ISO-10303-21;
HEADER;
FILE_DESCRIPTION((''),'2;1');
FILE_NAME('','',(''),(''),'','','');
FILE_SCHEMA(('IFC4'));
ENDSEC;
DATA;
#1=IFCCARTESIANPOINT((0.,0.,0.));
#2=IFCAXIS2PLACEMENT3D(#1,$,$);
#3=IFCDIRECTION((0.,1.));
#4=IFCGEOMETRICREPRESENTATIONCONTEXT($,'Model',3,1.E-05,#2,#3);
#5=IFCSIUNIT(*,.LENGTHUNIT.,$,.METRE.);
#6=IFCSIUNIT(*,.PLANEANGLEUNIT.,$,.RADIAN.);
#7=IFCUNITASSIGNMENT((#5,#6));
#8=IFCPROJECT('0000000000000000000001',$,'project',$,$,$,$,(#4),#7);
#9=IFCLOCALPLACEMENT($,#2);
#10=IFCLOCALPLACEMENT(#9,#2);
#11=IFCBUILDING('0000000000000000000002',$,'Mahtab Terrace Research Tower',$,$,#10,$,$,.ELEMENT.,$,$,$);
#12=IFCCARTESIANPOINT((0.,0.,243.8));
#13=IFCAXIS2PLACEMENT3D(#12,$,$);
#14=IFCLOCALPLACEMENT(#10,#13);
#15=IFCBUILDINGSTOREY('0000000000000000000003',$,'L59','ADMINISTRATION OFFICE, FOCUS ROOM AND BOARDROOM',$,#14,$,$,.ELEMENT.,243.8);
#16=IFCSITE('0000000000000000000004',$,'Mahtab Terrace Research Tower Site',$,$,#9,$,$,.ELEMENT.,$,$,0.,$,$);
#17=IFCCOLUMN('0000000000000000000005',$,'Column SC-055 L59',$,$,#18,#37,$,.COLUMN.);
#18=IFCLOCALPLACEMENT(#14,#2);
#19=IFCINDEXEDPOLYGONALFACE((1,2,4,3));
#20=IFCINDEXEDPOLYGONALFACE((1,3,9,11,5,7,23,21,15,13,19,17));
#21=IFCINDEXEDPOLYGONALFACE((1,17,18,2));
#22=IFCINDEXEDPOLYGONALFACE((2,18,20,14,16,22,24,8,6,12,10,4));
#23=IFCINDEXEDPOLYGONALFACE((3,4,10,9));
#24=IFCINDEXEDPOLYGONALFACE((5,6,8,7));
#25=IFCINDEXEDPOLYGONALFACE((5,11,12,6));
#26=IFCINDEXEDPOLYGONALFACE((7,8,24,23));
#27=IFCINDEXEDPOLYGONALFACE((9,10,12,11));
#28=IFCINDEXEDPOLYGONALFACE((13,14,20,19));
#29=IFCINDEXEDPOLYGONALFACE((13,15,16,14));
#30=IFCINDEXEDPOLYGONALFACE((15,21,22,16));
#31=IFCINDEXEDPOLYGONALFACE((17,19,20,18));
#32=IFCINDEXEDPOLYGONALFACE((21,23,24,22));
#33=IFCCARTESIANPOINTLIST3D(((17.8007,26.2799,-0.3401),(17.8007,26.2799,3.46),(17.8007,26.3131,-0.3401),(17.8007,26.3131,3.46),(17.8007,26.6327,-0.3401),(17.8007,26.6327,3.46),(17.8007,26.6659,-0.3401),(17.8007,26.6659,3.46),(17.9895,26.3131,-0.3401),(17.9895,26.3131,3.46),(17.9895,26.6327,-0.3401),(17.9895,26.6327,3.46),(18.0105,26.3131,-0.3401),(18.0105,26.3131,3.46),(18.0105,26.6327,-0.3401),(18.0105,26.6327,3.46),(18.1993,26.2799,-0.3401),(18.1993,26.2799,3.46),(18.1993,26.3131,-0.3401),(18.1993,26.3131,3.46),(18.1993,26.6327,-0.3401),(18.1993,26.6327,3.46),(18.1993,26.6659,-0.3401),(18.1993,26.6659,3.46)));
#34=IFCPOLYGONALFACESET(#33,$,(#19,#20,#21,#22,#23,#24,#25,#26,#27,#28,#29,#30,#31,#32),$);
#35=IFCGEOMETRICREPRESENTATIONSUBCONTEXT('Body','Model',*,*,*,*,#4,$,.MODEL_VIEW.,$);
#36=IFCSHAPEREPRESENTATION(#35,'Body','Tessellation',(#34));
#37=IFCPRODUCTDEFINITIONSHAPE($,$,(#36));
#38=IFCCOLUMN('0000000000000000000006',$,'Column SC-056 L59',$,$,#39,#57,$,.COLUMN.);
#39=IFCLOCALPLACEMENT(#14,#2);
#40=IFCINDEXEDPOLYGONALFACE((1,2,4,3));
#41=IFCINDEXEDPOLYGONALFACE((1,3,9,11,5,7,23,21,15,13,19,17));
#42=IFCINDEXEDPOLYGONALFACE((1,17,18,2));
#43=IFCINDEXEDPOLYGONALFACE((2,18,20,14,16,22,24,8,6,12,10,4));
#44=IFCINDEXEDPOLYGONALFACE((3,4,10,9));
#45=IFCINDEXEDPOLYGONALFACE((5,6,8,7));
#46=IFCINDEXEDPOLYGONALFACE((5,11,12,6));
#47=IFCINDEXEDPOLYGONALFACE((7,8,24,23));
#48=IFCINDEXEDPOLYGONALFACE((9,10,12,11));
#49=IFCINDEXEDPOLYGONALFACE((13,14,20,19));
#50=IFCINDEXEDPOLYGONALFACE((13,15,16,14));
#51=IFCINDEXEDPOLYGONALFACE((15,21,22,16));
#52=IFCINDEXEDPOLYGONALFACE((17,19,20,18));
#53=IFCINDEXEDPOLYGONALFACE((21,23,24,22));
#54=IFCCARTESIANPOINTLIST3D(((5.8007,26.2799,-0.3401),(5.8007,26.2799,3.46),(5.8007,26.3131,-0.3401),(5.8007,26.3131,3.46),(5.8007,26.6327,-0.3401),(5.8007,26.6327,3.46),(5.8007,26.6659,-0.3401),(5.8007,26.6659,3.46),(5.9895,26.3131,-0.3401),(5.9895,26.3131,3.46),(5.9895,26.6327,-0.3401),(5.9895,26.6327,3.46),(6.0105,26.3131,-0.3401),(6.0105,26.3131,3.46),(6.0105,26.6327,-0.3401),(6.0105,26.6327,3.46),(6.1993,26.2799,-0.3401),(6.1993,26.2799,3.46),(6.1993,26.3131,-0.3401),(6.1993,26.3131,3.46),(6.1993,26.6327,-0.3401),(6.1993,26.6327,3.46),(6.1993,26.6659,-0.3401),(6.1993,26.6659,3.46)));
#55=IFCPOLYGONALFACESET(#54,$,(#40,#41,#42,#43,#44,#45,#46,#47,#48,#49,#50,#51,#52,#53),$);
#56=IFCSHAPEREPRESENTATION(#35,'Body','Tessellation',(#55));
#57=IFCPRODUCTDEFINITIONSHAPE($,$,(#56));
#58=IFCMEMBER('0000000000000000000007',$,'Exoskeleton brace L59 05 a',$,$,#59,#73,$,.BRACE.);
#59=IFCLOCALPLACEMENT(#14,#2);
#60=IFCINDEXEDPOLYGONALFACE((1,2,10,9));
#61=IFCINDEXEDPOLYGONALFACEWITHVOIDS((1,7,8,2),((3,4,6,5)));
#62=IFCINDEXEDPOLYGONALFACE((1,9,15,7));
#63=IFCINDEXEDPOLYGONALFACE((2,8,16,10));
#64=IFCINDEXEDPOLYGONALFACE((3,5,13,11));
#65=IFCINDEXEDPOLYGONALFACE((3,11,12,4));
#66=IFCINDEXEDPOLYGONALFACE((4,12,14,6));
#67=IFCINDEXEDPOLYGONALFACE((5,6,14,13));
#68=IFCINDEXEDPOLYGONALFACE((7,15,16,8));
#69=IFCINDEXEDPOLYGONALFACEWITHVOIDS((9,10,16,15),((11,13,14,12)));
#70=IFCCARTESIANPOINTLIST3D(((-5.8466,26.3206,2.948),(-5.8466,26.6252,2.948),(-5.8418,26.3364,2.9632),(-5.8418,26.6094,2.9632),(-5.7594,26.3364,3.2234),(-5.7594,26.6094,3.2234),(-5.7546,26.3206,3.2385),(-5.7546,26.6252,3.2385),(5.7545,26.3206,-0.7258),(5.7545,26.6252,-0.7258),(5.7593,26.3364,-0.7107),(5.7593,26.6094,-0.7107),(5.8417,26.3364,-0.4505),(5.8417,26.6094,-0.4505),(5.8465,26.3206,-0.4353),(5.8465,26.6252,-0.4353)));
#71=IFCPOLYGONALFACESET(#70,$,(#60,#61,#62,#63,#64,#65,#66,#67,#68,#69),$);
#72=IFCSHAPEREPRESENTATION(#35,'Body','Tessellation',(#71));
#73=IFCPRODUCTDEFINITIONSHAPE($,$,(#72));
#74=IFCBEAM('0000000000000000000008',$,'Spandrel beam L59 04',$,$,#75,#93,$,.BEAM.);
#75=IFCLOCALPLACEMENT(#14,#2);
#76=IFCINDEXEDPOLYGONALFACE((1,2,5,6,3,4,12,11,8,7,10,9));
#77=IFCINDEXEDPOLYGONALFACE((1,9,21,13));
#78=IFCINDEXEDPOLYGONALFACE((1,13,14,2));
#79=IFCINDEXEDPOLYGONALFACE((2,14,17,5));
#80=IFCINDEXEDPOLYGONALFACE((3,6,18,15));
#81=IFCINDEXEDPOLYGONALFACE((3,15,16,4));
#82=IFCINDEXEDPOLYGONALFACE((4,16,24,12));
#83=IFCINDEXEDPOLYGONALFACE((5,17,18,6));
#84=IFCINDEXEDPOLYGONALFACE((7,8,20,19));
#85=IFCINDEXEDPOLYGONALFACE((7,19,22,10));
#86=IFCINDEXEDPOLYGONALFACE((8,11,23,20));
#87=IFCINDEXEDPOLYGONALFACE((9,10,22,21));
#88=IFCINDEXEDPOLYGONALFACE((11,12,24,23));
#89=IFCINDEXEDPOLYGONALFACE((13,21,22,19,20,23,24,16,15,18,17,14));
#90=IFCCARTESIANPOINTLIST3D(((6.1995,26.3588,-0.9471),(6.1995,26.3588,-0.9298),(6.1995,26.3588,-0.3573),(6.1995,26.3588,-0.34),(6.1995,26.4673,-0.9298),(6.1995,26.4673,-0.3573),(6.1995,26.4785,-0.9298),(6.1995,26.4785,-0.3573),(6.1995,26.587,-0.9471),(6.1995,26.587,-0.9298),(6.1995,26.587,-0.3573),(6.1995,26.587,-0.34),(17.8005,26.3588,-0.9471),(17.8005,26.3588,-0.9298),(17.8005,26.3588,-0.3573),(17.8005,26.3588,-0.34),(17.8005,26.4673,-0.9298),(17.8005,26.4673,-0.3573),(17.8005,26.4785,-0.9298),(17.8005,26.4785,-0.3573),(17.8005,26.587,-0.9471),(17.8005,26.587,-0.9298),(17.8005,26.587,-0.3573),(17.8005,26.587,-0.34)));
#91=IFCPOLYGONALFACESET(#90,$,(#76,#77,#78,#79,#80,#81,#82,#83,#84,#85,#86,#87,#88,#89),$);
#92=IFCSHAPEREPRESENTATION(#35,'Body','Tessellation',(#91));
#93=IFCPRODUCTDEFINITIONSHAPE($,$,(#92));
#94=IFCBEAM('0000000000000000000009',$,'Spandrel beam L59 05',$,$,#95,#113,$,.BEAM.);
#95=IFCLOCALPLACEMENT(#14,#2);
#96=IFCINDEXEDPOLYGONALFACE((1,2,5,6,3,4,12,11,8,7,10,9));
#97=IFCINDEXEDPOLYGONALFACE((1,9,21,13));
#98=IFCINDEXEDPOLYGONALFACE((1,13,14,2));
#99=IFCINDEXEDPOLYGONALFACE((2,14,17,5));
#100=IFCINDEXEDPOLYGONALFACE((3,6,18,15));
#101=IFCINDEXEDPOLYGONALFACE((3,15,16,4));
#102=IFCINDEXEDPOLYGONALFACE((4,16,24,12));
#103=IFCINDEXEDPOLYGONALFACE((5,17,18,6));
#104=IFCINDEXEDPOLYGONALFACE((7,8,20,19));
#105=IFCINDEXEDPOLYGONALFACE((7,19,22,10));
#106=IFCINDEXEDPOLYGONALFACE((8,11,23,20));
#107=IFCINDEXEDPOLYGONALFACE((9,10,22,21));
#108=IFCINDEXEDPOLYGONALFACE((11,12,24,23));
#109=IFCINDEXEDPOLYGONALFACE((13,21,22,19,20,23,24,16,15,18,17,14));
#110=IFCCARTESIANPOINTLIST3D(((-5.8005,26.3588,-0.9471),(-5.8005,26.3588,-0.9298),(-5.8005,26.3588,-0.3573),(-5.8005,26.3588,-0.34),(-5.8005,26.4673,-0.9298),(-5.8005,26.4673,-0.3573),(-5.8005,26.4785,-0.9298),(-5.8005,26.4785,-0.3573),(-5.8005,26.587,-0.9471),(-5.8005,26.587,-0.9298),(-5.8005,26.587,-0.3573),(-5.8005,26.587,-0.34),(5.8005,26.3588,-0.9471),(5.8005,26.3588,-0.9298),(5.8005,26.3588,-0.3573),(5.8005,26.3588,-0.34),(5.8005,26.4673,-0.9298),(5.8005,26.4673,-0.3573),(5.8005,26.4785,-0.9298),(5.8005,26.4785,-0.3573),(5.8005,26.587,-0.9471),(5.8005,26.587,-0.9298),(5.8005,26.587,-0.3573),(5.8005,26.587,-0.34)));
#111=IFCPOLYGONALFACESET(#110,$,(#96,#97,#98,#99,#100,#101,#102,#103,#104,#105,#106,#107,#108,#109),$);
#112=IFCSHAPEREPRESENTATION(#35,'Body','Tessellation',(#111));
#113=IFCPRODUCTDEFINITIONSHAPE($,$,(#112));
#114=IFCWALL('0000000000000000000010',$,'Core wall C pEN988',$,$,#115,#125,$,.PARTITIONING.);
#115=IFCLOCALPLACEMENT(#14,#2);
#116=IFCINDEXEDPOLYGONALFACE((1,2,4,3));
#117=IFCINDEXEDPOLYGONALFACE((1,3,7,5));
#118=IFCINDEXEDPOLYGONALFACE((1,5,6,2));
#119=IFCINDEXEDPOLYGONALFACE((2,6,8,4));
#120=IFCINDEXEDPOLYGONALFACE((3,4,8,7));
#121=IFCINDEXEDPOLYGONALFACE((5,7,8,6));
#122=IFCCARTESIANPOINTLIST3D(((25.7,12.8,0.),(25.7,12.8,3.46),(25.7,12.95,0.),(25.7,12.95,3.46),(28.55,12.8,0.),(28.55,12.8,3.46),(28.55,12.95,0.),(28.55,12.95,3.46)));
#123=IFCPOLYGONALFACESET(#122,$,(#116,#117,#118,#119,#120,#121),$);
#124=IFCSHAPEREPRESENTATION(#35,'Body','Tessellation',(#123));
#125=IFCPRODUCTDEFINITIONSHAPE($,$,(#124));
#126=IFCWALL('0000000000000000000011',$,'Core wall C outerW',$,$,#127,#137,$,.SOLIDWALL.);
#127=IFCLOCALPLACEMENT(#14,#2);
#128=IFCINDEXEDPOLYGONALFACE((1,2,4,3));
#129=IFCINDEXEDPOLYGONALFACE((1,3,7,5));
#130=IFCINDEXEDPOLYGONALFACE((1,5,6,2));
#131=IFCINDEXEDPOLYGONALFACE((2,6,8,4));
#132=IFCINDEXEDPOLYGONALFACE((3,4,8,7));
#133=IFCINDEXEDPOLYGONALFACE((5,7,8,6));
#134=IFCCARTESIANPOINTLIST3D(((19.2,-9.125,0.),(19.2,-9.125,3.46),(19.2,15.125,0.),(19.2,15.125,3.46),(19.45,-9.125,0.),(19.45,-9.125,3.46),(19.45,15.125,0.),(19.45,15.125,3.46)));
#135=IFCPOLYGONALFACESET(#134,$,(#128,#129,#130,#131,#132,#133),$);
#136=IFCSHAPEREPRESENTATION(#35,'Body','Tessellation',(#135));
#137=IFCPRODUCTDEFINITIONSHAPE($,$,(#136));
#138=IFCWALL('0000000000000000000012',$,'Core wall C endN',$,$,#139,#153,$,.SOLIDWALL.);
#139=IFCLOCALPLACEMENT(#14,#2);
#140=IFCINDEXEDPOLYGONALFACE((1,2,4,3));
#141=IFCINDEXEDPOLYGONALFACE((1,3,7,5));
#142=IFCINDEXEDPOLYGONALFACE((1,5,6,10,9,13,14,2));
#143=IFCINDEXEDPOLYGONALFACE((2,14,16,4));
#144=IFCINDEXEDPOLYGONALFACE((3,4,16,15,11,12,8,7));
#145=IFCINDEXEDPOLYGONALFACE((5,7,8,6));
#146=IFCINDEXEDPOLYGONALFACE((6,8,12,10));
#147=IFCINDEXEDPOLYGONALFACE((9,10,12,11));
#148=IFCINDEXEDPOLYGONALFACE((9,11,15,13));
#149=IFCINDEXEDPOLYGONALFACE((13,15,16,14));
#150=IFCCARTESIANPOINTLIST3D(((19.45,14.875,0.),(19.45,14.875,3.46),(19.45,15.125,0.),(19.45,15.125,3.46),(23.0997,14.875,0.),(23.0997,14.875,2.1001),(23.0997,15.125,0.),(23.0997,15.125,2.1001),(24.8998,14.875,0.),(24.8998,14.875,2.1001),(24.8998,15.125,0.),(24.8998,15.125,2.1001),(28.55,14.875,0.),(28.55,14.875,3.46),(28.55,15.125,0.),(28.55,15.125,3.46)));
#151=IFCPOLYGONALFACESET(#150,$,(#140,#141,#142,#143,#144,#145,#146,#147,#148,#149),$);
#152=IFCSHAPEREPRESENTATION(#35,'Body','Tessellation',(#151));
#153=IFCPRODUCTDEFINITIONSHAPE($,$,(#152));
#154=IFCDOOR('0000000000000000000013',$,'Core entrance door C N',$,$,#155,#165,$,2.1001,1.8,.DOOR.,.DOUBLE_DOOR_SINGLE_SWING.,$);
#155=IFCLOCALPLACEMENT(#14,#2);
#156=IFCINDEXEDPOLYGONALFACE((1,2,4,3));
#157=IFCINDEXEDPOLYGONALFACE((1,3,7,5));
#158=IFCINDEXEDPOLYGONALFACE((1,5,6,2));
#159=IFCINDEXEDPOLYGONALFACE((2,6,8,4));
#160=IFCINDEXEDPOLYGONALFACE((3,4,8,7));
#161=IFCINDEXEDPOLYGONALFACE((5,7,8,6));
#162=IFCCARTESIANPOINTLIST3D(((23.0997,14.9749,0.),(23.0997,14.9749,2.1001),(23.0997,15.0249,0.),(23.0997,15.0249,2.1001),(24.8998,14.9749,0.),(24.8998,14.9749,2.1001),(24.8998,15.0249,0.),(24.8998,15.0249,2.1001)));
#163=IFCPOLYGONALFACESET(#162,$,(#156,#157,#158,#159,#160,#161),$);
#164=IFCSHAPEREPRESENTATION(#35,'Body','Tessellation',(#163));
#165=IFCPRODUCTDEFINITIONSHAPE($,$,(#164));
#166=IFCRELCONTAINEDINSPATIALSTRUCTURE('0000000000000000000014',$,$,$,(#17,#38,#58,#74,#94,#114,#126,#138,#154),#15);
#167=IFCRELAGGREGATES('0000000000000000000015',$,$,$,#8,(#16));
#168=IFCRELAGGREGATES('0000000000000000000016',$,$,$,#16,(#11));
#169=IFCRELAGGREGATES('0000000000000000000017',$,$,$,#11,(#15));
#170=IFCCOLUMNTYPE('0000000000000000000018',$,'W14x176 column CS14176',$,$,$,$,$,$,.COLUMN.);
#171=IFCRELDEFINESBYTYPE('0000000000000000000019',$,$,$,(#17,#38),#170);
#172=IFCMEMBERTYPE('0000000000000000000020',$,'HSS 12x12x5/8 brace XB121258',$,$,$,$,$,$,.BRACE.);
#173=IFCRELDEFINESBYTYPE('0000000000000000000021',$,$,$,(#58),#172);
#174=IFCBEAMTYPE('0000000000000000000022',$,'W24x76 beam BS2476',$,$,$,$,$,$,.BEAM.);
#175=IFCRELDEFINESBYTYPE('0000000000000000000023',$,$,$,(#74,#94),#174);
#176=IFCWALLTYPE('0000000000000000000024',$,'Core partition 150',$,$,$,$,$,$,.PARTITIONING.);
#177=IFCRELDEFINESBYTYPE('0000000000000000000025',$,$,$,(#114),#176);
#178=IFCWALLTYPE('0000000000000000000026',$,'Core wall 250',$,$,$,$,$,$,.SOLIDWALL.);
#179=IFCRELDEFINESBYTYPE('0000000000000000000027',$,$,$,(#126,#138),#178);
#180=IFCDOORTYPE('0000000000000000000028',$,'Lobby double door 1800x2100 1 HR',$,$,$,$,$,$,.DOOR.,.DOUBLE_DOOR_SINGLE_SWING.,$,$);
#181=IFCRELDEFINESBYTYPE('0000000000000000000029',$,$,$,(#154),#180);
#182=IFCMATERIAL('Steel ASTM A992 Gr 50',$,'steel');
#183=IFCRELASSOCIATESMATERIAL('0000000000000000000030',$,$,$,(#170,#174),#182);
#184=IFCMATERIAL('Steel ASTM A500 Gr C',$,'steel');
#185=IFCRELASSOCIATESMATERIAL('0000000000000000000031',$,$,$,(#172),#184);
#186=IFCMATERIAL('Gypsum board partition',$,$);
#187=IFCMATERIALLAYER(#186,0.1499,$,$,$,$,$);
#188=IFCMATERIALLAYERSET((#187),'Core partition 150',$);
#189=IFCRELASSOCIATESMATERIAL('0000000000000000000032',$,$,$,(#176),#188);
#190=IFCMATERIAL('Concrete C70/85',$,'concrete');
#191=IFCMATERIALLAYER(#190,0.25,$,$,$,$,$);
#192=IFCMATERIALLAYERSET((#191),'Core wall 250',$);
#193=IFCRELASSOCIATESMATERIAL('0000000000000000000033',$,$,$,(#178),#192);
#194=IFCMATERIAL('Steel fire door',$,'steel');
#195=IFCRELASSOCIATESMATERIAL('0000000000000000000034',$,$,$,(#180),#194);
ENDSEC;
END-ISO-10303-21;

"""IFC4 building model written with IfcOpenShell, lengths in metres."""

from ifc_helpers import new_model, si_unit, direction, frame, frame_2d, origin, origin_2d, place, context, subcontext, project, spatial, rectangle, hollow_rectangle, i_section, extrude, material, layer, layer_set, material_profile, profile_set, type_object, element, fill, save


model = new_model("IFC4")

# Units and contexts
model_context = context("Model", 3, precision=1e-05, world=origin(), true_north=direction((0.0, 1.0)))
body_context = subcontext(model_context, "Body", "Model", "MODEL_VIEW")
ifc_project = project(units=[si_unit("LENGTHUNIT", "METRE"), si_unit("PLANEANGLEUNIT", "RADIAN")], contexts=[model_context])

# Site, building, storey
site_placement = place(None, origin())
site = spatial("IfcSite", under=ifc_project, at=site_placement, Name="Mahtab Terrace Research Tower Site", CompositionType="ELEMENT", RefElevation=0.0)
building_placement = place(site_placement, origin())
building = spatial("IfcBuilding", under=site, at=building_placement, Name="Mahtab Terrace Research Tower", CompositionType="ELEMENT")
storey_placement = place(building_placement, frame((0.0, 0.0, 243.8)))
storey = spatial("IfcBuildingStorey", under=building, at=storey_placement, Name="L59", Description="ADMINISTRATION OFFICE, FOCUS ROOM AND BOARDROOM", CompositionType="ELEMENT", Elevation=243.8)

# Columns
ifc_material_1 = material(Name="Steel ASTM A992 Gr 50", Category="steel")
ifc_material_profile_1 = material_profile(ifc_material_1, i_section(OverallWidth=0.3987, OverallDepth=0.386, WebThickness=0.021, FlangeThickness=0.0332, at=origin_2d()), Name="W14X176")
ifc_profile_set_1 = profile_set([ifc_material_profile_1], Name="Steel ASTM A992 Gr 50")
column_type = type_object("IfcColumnType", Name="W14x176 column CS14176", PredefinedType="COLUMN", material=ifc_profile_set_1)
for number, where, z_axis, x_axis, name in (
    (1, (18.0, 26.4729, -0.3401), (0.0, 0.0, 1.0), (1.0, 0.0, 0.0), "Column SC-055 L59"),
    (2, (6.0, 26.4729, -0.3401), (0.0, 0.0, 1.0), (1.0, 0.0, 0.0), "Column SC-056 L59"),
):
    element("IfcColumn", number, at=place(storey_placement, frame(where, z_axis=z_axis, x_axis=x_axis)), inside=storey, type_object=column_type, Name=name, PredefinedType="COLUMN", context=body_context, shape_type="SweptSolid", body=[
        extrude(i_section(OverallWidth=0.3987, OverallDepth=0.386, WebThickness=0.021, FlangeThickness=0.0332, at=origin_2d()), origin(), (0.0, 0.0, 1.0), 3.8),
    ])

# Member
ifc_material_2 = material(Name="Steel ASTM A500 Gr C", Category="steel")
ifc_material_profile_2 = material_profile(ifc_material_2, hollow_rectangle(XDim=0.3047, YDim=0.3047, WallThickness=0.0159, at=origin_2d()), Name="HSS12X12X5/8")
ifc_profile_set_2 = profile_set([ifc_material_profile_2], Name="Steel ASTM A500 Gr C")
member_type = type_object("IfcMemberType", Name="HSS 12x12x5/8 brace XB121258", PredefinedType="BRACE", material=ifc_profile_set_2)
member_placement = place(storey_placement, frame((5.8005, 26.4729, -0.5806), z_axis=(-0.953339, 0.0, 0.301903), x_axis=(0.0, -1.0, 0.0)))
element("IfcMember", 3, at=member_placement, inside=storey, type_object=member_type, Name="Exoskeleton brace L59 05 a", PredefinedType="BRACE", context=body_context, shape_type="SweptSolid", body=[
    extrude(hollow_rectangle(XDim=0.3047, YDim=0.3047, WallThickness=0.0159, at=origin_2d()), origin(), (0.0, 0.0, 1.0), 12.1689),
])

# Beams
ifc_material_profile_3 = material_profile(ifc_material_1, i_section(OverallWidth=0.2283, OverallDepth=0.6072, WebThickness=0.0112, FlangeThickness=0.0173, at=origin_2d()), Name="W24X76")
ifc_profile_set_3 = profile_set([ifc_material_profile_3], Name="Steel ASTM A992 Gr 50")
beam_type = type_object("IfcBeamType", Name="W24x76 beam BS2476", PredefinedType="BEAM", material=ifc_profile_set_3)
for number, where, z_axis, x_axis, name in (
    (4, (17.8005, 26.4729, -0.6436), (-1.0, 0.0, 0.0), (0.0, -1.0, 0.0), "Spandrel beam L59 04"),
    (5, (5.8005, 26.4729, -0.6436), (-1.0, 0.0, 0.0), (0.0, -1.0, 0.0), "Spandrel beam L59 05"),
):
    element("IfcBeam", number, at=place(storey_placement, frame(where, z_axis=z_axis, x_axis=x_axis)), inside=storey, type_object=beam_type, Name=name, PredefinedType="BEAM", context=body_context, shape_type="SweptSolid", body=[
        extrude(i_section(OverallWidth=0.2283, OverallDepth=0.6072, WebThickness=0.0112, FlangeThickness=0.0173, at=origin_2d()), origin(), (0.0, 0.0, 1.0), 11.6011),
    ])

# Walls
ifc_material_3 = material(Name="Gypsum board partition")
ifc_layer_1 = layer(ifc_material_3, 0.1499)
ifc_layer_set_1 = layer_set([ifc_layer_1], Name="Core partition 150")
wall_type_1 = type_object("IfcWallType", Name="Core partition 150", PredefinedType="PARTITIONING", material=ifc_layer_set_1)
wall_1_placement = place(storey_placement, frame((25.7, 12.875, 0.0), z_axis=(0.0, 0.0, 1.0), x_axis=(1.0, 0.0, 0.0)))
element("IfcWall", 6, at=wall_1_placement, inside=storey, type_object=wall_type_1, Name="Core wall C pEN988", PredefinedType="PARTITIONING", context=body_context, shape_type="SweptSolid", body=[
    extrude(rectangle(XDim=2.8501, YDim=0.1499, at=frame_2d((1.425, 0.0))), origin(), (0.0, 0.0, 1.0), 3.46),
])
ifc_material_4 = material(Name="Concrete C70/85", Category="concrete")
ifc_layer_2 = layer(ifc_material_4, 0.25)
ifc_layer_set_2 = layer_set([ifc_layer_2], Name="Core wall 250")
wall_type_2 = type_object("IfcWallType", Name="Core wall 250", PredefinedType="SOLIDWALL", material=ifc_layer_set_2)
wall_2_placement = place(storey_placement, frame((19.325, 15.125, 0.0), z_axis=(0.0, 0.0, 1.0), x_axis=(0.0, -1.0, 0.0)))
element("IfcWall", 7, at=wall_2_placement, inside=storey, type_object=wall_type_2, Name="Core wall C outerW", PredefinedType="SOLIDWALL", context=body_context, shape_type="SweptSolid", body=[
    extrude(rectangle(XDim=24.25, YDim=0.25, at=frame_2d((12.125, 0.0))), origin(), (0.0, 0.0, 1.0), 3.46),
])

# Wall, opening, door
wall_3_placement = place(storey_placement, frame((19.45, 15.0, 0.0), z_axis=(0.0, 0.0, 1.0), x_axis=(1.0, 0.0, 0.0)))
wall_3 = element("IfcWall", 8, at=wall_3_placement, inside=storey, type_object=wall_type_2, Name="Core wall C endN", PredefinedType="SOLIDWALL", context=body_context, shape_type="SweptSolid", body=[
    extrude(rectangle(XDim=9.1001, YDim=0.25, at=frame_2d((4.55, 0.0))), origin(), (0.0, 0.0, 1.0), 3.46),
])
opening_1_placement = place(wall_3_placement, frame((3.6499, 0.0, 0.0)))
opening_1 = element("IfcOpeningElement", 9, at=opening_1_placement, cuts=wall_3, PredefinedType="OPENING", context=body_context, shape_type="SweptSolid", body=[
    extrude(rectangle(XDim=1.8, YDim=2.1001, at=frame_2d((0.8999, 1.05))), frame((0.0, 0.135, 0.0), z_axis=(0.0, -1.0, 0.0), x_axis=(1.0, 0.0, 0.0)), (0.0, 0.0, 1.0), 0.27),
])
ifc_material_5 = material(Name="Steel fire door", Category="steel")
door_type_1 = type_object("IfcDoorType", Name="Lobby double door 1800x2100 1 HR", OperationType="DOUBLE_DOOR_SINGLE_SWING", PredefinedType="DOOR", material=ifc_material_5)
door_1_placement = place(opening_1_placement, origin())
door_1 = element("IfcDoor", 10, at=door_1_placement, inside=storey, type_object=door_type_1, Name="Core entrance door C N", OperationType="DOUBLE_DOOR_SINGLE_SWING", OverallHeight=2.1001, OverallWidth=1.8, PredefinedType="DOOR", context=body_context, shape_type="SweptSolid", body=[
    extrude(rectangle(XDim=1.8, YDim=2.1001, at=frame_2d((0.8999, 1.05))), frame((0.0, 0.0249, 0.0), z_axis=(0.0, -1.0, 0.0), x_axis=(1.0, 0.0, 0.0)), (0.0, 0.0, 1.0), 0.05),
])
fill(opening_1, door_1)

save(model, "model.ifc")
